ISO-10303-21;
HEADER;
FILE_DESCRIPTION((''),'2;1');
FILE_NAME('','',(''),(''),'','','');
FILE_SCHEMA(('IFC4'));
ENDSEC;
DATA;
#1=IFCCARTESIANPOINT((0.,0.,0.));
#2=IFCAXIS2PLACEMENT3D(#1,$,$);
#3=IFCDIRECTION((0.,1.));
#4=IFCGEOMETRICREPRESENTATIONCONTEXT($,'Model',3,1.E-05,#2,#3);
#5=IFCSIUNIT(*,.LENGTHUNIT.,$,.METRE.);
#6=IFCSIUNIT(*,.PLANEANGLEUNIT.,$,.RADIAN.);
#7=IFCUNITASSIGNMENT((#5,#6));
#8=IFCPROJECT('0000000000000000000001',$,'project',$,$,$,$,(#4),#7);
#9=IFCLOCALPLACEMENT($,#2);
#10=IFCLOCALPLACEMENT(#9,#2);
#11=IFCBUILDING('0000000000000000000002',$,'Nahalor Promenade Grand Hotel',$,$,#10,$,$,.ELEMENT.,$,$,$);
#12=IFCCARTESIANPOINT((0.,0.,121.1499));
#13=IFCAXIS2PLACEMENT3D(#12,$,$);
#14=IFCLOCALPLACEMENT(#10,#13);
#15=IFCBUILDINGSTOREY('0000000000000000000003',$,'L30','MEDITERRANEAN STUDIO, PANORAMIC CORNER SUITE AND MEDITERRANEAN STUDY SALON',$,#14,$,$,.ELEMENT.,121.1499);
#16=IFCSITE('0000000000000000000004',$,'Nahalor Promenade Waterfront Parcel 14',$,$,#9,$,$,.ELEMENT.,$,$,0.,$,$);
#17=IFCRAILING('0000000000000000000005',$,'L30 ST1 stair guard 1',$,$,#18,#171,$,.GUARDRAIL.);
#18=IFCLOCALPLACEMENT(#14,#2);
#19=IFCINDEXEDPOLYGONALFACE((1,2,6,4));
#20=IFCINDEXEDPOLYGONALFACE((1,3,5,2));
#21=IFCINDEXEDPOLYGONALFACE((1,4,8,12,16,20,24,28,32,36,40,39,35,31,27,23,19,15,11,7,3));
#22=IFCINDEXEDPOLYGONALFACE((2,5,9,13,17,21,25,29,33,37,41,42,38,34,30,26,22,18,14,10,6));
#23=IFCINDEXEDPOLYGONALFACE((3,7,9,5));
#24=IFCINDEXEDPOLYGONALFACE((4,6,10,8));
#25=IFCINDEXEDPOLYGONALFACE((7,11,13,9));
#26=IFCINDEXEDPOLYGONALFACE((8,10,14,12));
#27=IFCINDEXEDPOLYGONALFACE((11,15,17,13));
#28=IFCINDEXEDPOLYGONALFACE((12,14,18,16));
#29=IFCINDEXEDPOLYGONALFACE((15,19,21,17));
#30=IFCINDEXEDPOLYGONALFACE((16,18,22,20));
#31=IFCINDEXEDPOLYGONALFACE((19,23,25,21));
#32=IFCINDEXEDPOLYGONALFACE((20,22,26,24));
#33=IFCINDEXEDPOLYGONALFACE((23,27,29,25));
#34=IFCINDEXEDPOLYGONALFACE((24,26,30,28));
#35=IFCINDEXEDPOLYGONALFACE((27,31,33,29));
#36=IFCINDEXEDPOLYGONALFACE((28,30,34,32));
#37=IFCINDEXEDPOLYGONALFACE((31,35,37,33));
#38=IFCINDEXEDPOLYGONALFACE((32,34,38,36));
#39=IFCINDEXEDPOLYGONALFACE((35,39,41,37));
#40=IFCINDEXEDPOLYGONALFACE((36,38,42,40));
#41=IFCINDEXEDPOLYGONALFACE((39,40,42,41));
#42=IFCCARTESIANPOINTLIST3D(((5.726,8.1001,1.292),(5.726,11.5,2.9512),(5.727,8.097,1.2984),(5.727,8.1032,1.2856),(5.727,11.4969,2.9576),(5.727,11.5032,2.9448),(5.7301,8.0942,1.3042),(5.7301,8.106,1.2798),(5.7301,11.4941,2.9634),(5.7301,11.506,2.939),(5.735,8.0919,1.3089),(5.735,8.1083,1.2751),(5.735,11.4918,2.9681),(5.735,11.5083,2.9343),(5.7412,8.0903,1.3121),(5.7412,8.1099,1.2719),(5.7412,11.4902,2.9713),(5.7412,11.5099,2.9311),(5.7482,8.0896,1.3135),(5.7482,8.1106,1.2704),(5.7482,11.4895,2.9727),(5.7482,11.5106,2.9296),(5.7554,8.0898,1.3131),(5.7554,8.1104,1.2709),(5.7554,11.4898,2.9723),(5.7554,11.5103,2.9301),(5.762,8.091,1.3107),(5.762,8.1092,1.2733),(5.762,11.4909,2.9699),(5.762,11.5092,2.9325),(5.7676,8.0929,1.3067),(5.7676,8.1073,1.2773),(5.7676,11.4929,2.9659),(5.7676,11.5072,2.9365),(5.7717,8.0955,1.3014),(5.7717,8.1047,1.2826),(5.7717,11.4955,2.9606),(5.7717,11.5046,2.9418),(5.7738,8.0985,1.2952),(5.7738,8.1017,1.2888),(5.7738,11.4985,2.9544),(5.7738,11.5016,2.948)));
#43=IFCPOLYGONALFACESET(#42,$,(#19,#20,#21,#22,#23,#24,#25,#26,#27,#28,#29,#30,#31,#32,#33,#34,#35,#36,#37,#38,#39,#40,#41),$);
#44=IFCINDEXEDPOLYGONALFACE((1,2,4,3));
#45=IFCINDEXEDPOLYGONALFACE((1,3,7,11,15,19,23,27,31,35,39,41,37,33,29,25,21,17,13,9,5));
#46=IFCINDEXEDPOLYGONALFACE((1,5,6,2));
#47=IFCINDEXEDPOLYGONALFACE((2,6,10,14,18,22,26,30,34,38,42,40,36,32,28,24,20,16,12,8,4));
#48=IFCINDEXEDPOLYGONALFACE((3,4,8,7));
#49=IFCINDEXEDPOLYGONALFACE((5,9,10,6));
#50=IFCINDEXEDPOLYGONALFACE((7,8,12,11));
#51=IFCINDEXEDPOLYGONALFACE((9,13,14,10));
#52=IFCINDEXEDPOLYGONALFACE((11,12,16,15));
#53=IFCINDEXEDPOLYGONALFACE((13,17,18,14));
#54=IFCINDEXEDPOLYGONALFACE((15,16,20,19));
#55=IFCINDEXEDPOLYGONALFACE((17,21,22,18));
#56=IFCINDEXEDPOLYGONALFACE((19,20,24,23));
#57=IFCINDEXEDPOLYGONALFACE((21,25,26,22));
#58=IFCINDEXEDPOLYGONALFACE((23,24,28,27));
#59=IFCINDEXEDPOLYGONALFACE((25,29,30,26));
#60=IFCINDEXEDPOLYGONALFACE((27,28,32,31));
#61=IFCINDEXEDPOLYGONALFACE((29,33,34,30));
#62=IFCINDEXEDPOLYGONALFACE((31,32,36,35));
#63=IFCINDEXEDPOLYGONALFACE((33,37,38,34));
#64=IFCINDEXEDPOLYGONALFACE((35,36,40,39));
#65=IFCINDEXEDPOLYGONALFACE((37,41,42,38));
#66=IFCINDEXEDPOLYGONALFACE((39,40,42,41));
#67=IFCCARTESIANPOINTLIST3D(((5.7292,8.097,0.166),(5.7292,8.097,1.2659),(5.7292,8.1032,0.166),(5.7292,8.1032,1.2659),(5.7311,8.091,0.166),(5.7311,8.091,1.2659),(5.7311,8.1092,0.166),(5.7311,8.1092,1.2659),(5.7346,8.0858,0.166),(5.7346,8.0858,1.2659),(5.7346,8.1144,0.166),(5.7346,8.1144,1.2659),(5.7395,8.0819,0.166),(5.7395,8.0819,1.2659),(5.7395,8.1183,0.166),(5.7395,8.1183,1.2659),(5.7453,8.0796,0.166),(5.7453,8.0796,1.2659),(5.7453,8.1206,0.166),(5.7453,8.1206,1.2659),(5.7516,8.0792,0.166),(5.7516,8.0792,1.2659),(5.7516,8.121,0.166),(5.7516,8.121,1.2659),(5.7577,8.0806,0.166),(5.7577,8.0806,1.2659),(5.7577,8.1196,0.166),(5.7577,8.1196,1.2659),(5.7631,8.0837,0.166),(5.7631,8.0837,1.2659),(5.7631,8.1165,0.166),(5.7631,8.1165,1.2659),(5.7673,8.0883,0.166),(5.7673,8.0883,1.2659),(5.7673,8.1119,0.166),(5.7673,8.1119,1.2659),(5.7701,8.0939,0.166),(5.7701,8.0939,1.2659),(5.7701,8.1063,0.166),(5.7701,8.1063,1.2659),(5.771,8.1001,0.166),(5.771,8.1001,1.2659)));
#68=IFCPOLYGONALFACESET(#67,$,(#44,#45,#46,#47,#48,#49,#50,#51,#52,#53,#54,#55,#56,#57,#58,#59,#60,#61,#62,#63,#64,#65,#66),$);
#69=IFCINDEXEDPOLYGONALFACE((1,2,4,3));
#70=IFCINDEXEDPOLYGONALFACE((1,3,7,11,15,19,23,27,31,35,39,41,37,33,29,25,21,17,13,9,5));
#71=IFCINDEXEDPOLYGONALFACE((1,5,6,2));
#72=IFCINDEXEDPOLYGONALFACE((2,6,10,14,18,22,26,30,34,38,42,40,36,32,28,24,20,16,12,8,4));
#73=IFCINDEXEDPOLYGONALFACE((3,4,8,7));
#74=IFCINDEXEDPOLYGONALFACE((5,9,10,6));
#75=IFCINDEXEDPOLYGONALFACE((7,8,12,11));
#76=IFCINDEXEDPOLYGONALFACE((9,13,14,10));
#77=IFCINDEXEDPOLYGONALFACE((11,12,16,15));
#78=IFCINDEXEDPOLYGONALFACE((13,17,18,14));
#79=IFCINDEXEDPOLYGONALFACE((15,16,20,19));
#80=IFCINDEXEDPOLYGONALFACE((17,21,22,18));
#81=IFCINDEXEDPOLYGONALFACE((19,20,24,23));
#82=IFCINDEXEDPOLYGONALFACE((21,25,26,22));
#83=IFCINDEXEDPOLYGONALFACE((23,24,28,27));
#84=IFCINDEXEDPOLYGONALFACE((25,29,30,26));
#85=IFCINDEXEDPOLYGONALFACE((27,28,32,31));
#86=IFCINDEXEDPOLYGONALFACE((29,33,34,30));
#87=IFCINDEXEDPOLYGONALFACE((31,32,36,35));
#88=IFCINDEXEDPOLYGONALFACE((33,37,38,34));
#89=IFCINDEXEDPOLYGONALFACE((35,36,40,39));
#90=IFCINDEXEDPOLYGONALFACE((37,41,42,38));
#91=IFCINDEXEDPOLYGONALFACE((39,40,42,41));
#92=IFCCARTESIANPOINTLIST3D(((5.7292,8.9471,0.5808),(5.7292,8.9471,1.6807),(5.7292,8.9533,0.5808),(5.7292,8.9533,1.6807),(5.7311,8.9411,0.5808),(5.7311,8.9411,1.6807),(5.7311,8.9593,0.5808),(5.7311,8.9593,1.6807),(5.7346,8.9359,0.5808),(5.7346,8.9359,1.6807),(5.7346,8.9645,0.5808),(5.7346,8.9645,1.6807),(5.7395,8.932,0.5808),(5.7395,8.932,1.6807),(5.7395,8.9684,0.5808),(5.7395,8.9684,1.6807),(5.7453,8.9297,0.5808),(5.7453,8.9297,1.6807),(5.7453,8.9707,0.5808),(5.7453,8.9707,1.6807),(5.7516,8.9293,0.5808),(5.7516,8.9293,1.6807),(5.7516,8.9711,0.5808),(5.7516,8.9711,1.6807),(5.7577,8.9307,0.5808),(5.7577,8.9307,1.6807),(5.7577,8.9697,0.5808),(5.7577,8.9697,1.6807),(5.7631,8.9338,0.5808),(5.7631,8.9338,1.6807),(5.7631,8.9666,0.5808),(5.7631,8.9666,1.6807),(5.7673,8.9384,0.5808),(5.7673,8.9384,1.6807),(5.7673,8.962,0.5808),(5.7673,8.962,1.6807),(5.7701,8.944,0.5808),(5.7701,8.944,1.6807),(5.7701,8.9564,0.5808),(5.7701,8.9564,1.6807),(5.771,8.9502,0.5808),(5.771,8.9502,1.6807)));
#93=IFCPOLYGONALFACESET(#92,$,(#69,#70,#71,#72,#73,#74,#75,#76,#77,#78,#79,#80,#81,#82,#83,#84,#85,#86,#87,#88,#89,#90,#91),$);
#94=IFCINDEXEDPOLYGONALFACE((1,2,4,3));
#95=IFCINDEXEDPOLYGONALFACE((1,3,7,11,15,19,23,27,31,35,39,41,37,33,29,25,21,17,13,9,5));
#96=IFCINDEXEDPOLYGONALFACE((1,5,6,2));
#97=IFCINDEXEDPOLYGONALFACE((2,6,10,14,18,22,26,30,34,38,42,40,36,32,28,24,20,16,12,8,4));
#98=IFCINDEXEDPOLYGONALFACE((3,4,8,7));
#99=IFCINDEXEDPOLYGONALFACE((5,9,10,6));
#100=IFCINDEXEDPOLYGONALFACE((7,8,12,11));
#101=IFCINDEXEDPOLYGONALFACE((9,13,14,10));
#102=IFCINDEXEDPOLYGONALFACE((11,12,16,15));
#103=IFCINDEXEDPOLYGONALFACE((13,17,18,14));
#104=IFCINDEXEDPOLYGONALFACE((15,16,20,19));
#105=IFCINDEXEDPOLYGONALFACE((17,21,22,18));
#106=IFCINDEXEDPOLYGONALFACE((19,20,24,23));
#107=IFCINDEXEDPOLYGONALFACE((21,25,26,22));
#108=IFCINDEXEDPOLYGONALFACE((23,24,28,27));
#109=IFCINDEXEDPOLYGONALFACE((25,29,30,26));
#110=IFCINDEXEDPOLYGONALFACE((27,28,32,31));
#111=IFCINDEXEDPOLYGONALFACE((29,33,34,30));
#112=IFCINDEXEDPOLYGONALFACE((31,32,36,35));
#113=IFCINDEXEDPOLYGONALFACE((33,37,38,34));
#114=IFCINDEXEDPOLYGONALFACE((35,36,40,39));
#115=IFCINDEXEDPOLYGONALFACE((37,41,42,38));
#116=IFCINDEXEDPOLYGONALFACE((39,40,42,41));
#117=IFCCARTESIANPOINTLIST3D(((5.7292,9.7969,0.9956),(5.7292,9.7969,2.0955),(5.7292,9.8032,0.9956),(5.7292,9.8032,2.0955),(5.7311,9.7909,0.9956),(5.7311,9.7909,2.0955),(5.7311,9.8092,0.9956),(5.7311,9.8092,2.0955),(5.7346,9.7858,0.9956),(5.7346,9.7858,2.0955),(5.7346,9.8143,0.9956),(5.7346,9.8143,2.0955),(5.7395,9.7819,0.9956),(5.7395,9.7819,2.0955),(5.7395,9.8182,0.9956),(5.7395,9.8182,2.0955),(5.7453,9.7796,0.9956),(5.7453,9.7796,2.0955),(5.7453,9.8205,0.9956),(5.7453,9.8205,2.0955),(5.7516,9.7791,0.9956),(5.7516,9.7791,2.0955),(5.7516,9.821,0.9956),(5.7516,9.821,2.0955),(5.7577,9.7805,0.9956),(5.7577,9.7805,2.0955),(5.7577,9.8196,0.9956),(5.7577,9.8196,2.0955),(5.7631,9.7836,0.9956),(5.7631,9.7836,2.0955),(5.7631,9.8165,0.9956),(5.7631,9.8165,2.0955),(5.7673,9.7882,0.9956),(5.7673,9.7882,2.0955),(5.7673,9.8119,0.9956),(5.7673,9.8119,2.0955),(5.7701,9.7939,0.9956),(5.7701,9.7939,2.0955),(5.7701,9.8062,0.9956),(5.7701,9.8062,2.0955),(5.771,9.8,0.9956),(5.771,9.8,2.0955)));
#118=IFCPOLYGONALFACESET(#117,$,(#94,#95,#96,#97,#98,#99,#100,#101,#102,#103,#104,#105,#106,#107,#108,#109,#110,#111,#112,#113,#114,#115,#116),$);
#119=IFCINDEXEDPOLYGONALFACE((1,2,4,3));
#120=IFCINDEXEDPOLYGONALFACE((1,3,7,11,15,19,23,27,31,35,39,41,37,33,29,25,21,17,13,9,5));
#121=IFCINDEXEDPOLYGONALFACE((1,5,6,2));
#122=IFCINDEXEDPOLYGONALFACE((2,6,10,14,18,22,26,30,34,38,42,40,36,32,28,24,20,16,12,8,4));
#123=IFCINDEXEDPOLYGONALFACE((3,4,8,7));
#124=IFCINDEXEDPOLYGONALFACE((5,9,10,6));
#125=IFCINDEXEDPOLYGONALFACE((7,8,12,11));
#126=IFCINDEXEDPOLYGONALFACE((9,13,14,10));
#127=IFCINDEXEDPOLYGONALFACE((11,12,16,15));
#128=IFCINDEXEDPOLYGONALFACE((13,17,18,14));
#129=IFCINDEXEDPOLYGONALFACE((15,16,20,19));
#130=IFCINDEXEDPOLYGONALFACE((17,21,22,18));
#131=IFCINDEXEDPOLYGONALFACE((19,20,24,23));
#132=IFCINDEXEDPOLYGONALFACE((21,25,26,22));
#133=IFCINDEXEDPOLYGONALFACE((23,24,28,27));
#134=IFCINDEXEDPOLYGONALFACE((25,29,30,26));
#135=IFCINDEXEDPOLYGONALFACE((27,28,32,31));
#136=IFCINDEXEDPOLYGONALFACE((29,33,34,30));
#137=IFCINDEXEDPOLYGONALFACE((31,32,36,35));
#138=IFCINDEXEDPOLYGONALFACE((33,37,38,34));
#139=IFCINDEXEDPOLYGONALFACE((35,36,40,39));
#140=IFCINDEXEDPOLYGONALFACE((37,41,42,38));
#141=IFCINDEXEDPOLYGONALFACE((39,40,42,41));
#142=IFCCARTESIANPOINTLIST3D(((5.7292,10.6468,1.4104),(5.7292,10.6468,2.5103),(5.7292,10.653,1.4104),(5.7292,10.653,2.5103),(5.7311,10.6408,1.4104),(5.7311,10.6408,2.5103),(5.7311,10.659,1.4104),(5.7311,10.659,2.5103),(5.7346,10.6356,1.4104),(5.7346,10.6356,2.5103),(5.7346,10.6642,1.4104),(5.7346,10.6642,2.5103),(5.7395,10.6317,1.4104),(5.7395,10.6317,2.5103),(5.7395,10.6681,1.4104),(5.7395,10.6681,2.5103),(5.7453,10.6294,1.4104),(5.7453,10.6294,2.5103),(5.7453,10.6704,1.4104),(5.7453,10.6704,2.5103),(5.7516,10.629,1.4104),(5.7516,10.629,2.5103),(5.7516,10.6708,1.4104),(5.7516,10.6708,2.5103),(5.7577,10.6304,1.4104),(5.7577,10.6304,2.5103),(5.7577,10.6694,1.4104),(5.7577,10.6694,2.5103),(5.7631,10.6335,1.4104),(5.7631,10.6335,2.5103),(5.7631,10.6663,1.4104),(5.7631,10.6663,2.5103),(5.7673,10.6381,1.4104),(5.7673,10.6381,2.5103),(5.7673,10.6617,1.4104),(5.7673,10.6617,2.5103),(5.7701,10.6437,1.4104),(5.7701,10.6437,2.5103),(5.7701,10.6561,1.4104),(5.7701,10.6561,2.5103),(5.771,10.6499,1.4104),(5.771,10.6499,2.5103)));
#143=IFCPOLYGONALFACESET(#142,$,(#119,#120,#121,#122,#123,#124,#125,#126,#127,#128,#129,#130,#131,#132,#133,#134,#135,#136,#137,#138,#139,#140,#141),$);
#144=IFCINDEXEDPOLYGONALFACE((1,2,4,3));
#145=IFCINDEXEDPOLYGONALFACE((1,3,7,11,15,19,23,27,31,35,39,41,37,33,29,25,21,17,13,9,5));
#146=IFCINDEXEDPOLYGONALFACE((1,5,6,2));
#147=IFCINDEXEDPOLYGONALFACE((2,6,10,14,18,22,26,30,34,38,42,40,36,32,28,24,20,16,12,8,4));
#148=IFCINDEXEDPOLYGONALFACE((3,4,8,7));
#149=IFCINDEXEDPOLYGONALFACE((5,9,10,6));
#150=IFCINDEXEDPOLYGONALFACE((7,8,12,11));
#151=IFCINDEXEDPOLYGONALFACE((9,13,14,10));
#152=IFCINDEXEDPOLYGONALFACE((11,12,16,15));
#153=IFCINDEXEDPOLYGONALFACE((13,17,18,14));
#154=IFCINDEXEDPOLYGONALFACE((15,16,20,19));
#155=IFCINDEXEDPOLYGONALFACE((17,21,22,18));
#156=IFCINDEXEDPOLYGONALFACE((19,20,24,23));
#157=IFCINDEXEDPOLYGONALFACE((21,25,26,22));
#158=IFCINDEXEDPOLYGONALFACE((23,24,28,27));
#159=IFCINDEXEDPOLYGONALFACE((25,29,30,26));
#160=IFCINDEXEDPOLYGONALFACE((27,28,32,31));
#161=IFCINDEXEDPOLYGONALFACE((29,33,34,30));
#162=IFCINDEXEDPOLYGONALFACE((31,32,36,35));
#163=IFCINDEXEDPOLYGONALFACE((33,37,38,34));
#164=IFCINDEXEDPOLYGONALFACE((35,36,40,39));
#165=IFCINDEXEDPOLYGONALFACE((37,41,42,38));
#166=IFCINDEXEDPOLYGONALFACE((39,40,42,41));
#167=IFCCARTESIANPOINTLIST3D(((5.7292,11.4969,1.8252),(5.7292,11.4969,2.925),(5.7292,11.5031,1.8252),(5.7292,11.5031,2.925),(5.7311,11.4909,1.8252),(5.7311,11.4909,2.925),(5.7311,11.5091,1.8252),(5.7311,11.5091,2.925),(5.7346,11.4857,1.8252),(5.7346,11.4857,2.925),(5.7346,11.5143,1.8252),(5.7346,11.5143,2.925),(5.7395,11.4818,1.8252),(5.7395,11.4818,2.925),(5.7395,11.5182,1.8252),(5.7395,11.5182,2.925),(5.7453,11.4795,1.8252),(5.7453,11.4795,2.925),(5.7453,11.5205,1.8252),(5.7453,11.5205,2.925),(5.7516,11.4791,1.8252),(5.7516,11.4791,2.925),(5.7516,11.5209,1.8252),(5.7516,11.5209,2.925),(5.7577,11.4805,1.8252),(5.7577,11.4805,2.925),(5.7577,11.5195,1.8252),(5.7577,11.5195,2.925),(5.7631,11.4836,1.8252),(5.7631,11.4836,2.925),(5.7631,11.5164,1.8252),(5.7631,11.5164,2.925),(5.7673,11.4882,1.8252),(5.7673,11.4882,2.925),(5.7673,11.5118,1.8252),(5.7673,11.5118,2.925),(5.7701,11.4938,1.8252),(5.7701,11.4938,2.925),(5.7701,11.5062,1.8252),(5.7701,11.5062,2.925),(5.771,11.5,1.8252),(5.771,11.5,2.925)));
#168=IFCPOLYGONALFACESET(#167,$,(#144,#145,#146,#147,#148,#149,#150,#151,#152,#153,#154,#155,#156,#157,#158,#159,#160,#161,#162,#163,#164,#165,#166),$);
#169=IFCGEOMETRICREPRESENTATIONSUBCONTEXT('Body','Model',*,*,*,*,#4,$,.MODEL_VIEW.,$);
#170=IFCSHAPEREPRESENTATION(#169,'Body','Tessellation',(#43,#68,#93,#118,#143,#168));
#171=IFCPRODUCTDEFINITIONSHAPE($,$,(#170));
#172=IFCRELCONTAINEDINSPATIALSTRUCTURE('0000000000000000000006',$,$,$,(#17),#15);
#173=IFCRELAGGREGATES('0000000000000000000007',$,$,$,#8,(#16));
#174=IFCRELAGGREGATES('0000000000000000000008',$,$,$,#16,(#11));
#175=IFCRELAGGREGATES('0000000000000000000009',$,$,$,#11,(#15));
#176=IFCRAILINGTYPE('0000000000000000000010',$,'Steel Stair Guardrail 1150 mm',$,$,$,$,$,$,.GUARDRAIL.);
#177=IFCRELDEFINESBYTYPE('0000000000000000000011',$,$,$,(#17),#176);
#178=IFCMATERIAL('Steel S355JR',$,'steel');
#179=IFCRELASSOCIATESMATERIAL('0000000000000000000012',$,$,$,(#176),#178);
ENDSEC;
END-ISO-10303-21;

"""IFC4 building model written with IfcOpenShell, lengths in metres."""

from ifc_helpers import new_model, si_unit, direction, frame, origin, origin_2d, place, context, subcontext, project, spatial, circle, extrude, material, type_object, element, save


model = new_model("IFC4")

# Units and contexts
model_context = context("Model", 3, precision=1e-05, world=origin(), true_north=direction((0.0, 1.0)))
body_context = subcontext(model_context, "Body", "Model", "MODEL_VIEW")
ifc_project = project(units=[si_unit("LENGTHUNIT", "METRE"), si_unit("PLANEANGLEUNIT", "RADIAN")], contexts=[model_context])

# Site, building, storey
site_placement = place(None, origin())
site = spatial("IfcSite", under=ifc_project, at=site_placement, Name="Nahalor Promenade Waterfront Parcel 14", CompositionType="ELEMENT", RefElevation=0.0)
building_placement = place(site_placement, origin())
building = spatial("IfcBuilding", under=site, at=building_placement, Name="Nahalor Promenade Grand Hotel", CompositionType="ELEMENT")
storey_placement = place(building_placement, frame((0.0, 0.0, 121.1499)))
storey = spatial("IfcBuildingStorey", under=building, at=storey_placement, Name="L30", Description="MEDITERRANEAN STUDIO, PANORAMIC CORNER SUITE AND MEDITERRANEAN STUDY SALON", CompositionType="ELEMENT", Elevation=121.1499)

# Shared definitions
ifc_material_1 = material(Name="Steel S355JR", Category="steel")

# Railing
railing_type_1 = type_object("IfcRailingType", Name="Steel Stair Guardrail 1150 mm", PredefinedType="GUARDRAIL", material=ifc_material_1)
railing_1_placement = place(storey_placement, frame((5.75, 8.1001, 0.166)))
element("IfcRailing", 1, at=railing_1_placement, inside=storey, type_object=railing_type_1, Name="L30 ST1 stair guard 1", PredefinedType="GUARDRAIL", context=body_context, shape_type="SweptSolid", body=[
    extrude(circle(Radius=0.024, at=origin_2d()), frame((0.0, 0.0, 1.126), z_axis=(0.0, 0.898696, 0.438571), x_axis=(-1.0, 0.0, 0.0)), (0.0, 0.0, 1.0), 3.7832),
    extrude(circle(Radius=0.021, at=origin_2d()), origin(), (0.0, 0.0, 1.0), 1.0999),
    extrude(circle(Radius=0.021, at=origin_2d()), frame((0.0, 0.8501, 0.4148)), (0.0, 0.0, 1.0), 1.0999),
    extrude(circle(Radius=0.021, at=origin_2d()), frame((0.0, 1.7, 0.8296)), (0.0, 0.0, 1.0), 1.0999),
    extrude(circle(Radius=0.021, at=origin_2d()), frame((0.0, 2.5498, 1.2444)), (0.0, 0.0, 1.0), 1.0999),
    extrude(circle(Radius=0.021, at=origin_2d()), frame((0.0, 3.3999, 1.6592)), (0.0, 0.0, 1.0), 1.0999),
])

save(model, "model.ifc")
